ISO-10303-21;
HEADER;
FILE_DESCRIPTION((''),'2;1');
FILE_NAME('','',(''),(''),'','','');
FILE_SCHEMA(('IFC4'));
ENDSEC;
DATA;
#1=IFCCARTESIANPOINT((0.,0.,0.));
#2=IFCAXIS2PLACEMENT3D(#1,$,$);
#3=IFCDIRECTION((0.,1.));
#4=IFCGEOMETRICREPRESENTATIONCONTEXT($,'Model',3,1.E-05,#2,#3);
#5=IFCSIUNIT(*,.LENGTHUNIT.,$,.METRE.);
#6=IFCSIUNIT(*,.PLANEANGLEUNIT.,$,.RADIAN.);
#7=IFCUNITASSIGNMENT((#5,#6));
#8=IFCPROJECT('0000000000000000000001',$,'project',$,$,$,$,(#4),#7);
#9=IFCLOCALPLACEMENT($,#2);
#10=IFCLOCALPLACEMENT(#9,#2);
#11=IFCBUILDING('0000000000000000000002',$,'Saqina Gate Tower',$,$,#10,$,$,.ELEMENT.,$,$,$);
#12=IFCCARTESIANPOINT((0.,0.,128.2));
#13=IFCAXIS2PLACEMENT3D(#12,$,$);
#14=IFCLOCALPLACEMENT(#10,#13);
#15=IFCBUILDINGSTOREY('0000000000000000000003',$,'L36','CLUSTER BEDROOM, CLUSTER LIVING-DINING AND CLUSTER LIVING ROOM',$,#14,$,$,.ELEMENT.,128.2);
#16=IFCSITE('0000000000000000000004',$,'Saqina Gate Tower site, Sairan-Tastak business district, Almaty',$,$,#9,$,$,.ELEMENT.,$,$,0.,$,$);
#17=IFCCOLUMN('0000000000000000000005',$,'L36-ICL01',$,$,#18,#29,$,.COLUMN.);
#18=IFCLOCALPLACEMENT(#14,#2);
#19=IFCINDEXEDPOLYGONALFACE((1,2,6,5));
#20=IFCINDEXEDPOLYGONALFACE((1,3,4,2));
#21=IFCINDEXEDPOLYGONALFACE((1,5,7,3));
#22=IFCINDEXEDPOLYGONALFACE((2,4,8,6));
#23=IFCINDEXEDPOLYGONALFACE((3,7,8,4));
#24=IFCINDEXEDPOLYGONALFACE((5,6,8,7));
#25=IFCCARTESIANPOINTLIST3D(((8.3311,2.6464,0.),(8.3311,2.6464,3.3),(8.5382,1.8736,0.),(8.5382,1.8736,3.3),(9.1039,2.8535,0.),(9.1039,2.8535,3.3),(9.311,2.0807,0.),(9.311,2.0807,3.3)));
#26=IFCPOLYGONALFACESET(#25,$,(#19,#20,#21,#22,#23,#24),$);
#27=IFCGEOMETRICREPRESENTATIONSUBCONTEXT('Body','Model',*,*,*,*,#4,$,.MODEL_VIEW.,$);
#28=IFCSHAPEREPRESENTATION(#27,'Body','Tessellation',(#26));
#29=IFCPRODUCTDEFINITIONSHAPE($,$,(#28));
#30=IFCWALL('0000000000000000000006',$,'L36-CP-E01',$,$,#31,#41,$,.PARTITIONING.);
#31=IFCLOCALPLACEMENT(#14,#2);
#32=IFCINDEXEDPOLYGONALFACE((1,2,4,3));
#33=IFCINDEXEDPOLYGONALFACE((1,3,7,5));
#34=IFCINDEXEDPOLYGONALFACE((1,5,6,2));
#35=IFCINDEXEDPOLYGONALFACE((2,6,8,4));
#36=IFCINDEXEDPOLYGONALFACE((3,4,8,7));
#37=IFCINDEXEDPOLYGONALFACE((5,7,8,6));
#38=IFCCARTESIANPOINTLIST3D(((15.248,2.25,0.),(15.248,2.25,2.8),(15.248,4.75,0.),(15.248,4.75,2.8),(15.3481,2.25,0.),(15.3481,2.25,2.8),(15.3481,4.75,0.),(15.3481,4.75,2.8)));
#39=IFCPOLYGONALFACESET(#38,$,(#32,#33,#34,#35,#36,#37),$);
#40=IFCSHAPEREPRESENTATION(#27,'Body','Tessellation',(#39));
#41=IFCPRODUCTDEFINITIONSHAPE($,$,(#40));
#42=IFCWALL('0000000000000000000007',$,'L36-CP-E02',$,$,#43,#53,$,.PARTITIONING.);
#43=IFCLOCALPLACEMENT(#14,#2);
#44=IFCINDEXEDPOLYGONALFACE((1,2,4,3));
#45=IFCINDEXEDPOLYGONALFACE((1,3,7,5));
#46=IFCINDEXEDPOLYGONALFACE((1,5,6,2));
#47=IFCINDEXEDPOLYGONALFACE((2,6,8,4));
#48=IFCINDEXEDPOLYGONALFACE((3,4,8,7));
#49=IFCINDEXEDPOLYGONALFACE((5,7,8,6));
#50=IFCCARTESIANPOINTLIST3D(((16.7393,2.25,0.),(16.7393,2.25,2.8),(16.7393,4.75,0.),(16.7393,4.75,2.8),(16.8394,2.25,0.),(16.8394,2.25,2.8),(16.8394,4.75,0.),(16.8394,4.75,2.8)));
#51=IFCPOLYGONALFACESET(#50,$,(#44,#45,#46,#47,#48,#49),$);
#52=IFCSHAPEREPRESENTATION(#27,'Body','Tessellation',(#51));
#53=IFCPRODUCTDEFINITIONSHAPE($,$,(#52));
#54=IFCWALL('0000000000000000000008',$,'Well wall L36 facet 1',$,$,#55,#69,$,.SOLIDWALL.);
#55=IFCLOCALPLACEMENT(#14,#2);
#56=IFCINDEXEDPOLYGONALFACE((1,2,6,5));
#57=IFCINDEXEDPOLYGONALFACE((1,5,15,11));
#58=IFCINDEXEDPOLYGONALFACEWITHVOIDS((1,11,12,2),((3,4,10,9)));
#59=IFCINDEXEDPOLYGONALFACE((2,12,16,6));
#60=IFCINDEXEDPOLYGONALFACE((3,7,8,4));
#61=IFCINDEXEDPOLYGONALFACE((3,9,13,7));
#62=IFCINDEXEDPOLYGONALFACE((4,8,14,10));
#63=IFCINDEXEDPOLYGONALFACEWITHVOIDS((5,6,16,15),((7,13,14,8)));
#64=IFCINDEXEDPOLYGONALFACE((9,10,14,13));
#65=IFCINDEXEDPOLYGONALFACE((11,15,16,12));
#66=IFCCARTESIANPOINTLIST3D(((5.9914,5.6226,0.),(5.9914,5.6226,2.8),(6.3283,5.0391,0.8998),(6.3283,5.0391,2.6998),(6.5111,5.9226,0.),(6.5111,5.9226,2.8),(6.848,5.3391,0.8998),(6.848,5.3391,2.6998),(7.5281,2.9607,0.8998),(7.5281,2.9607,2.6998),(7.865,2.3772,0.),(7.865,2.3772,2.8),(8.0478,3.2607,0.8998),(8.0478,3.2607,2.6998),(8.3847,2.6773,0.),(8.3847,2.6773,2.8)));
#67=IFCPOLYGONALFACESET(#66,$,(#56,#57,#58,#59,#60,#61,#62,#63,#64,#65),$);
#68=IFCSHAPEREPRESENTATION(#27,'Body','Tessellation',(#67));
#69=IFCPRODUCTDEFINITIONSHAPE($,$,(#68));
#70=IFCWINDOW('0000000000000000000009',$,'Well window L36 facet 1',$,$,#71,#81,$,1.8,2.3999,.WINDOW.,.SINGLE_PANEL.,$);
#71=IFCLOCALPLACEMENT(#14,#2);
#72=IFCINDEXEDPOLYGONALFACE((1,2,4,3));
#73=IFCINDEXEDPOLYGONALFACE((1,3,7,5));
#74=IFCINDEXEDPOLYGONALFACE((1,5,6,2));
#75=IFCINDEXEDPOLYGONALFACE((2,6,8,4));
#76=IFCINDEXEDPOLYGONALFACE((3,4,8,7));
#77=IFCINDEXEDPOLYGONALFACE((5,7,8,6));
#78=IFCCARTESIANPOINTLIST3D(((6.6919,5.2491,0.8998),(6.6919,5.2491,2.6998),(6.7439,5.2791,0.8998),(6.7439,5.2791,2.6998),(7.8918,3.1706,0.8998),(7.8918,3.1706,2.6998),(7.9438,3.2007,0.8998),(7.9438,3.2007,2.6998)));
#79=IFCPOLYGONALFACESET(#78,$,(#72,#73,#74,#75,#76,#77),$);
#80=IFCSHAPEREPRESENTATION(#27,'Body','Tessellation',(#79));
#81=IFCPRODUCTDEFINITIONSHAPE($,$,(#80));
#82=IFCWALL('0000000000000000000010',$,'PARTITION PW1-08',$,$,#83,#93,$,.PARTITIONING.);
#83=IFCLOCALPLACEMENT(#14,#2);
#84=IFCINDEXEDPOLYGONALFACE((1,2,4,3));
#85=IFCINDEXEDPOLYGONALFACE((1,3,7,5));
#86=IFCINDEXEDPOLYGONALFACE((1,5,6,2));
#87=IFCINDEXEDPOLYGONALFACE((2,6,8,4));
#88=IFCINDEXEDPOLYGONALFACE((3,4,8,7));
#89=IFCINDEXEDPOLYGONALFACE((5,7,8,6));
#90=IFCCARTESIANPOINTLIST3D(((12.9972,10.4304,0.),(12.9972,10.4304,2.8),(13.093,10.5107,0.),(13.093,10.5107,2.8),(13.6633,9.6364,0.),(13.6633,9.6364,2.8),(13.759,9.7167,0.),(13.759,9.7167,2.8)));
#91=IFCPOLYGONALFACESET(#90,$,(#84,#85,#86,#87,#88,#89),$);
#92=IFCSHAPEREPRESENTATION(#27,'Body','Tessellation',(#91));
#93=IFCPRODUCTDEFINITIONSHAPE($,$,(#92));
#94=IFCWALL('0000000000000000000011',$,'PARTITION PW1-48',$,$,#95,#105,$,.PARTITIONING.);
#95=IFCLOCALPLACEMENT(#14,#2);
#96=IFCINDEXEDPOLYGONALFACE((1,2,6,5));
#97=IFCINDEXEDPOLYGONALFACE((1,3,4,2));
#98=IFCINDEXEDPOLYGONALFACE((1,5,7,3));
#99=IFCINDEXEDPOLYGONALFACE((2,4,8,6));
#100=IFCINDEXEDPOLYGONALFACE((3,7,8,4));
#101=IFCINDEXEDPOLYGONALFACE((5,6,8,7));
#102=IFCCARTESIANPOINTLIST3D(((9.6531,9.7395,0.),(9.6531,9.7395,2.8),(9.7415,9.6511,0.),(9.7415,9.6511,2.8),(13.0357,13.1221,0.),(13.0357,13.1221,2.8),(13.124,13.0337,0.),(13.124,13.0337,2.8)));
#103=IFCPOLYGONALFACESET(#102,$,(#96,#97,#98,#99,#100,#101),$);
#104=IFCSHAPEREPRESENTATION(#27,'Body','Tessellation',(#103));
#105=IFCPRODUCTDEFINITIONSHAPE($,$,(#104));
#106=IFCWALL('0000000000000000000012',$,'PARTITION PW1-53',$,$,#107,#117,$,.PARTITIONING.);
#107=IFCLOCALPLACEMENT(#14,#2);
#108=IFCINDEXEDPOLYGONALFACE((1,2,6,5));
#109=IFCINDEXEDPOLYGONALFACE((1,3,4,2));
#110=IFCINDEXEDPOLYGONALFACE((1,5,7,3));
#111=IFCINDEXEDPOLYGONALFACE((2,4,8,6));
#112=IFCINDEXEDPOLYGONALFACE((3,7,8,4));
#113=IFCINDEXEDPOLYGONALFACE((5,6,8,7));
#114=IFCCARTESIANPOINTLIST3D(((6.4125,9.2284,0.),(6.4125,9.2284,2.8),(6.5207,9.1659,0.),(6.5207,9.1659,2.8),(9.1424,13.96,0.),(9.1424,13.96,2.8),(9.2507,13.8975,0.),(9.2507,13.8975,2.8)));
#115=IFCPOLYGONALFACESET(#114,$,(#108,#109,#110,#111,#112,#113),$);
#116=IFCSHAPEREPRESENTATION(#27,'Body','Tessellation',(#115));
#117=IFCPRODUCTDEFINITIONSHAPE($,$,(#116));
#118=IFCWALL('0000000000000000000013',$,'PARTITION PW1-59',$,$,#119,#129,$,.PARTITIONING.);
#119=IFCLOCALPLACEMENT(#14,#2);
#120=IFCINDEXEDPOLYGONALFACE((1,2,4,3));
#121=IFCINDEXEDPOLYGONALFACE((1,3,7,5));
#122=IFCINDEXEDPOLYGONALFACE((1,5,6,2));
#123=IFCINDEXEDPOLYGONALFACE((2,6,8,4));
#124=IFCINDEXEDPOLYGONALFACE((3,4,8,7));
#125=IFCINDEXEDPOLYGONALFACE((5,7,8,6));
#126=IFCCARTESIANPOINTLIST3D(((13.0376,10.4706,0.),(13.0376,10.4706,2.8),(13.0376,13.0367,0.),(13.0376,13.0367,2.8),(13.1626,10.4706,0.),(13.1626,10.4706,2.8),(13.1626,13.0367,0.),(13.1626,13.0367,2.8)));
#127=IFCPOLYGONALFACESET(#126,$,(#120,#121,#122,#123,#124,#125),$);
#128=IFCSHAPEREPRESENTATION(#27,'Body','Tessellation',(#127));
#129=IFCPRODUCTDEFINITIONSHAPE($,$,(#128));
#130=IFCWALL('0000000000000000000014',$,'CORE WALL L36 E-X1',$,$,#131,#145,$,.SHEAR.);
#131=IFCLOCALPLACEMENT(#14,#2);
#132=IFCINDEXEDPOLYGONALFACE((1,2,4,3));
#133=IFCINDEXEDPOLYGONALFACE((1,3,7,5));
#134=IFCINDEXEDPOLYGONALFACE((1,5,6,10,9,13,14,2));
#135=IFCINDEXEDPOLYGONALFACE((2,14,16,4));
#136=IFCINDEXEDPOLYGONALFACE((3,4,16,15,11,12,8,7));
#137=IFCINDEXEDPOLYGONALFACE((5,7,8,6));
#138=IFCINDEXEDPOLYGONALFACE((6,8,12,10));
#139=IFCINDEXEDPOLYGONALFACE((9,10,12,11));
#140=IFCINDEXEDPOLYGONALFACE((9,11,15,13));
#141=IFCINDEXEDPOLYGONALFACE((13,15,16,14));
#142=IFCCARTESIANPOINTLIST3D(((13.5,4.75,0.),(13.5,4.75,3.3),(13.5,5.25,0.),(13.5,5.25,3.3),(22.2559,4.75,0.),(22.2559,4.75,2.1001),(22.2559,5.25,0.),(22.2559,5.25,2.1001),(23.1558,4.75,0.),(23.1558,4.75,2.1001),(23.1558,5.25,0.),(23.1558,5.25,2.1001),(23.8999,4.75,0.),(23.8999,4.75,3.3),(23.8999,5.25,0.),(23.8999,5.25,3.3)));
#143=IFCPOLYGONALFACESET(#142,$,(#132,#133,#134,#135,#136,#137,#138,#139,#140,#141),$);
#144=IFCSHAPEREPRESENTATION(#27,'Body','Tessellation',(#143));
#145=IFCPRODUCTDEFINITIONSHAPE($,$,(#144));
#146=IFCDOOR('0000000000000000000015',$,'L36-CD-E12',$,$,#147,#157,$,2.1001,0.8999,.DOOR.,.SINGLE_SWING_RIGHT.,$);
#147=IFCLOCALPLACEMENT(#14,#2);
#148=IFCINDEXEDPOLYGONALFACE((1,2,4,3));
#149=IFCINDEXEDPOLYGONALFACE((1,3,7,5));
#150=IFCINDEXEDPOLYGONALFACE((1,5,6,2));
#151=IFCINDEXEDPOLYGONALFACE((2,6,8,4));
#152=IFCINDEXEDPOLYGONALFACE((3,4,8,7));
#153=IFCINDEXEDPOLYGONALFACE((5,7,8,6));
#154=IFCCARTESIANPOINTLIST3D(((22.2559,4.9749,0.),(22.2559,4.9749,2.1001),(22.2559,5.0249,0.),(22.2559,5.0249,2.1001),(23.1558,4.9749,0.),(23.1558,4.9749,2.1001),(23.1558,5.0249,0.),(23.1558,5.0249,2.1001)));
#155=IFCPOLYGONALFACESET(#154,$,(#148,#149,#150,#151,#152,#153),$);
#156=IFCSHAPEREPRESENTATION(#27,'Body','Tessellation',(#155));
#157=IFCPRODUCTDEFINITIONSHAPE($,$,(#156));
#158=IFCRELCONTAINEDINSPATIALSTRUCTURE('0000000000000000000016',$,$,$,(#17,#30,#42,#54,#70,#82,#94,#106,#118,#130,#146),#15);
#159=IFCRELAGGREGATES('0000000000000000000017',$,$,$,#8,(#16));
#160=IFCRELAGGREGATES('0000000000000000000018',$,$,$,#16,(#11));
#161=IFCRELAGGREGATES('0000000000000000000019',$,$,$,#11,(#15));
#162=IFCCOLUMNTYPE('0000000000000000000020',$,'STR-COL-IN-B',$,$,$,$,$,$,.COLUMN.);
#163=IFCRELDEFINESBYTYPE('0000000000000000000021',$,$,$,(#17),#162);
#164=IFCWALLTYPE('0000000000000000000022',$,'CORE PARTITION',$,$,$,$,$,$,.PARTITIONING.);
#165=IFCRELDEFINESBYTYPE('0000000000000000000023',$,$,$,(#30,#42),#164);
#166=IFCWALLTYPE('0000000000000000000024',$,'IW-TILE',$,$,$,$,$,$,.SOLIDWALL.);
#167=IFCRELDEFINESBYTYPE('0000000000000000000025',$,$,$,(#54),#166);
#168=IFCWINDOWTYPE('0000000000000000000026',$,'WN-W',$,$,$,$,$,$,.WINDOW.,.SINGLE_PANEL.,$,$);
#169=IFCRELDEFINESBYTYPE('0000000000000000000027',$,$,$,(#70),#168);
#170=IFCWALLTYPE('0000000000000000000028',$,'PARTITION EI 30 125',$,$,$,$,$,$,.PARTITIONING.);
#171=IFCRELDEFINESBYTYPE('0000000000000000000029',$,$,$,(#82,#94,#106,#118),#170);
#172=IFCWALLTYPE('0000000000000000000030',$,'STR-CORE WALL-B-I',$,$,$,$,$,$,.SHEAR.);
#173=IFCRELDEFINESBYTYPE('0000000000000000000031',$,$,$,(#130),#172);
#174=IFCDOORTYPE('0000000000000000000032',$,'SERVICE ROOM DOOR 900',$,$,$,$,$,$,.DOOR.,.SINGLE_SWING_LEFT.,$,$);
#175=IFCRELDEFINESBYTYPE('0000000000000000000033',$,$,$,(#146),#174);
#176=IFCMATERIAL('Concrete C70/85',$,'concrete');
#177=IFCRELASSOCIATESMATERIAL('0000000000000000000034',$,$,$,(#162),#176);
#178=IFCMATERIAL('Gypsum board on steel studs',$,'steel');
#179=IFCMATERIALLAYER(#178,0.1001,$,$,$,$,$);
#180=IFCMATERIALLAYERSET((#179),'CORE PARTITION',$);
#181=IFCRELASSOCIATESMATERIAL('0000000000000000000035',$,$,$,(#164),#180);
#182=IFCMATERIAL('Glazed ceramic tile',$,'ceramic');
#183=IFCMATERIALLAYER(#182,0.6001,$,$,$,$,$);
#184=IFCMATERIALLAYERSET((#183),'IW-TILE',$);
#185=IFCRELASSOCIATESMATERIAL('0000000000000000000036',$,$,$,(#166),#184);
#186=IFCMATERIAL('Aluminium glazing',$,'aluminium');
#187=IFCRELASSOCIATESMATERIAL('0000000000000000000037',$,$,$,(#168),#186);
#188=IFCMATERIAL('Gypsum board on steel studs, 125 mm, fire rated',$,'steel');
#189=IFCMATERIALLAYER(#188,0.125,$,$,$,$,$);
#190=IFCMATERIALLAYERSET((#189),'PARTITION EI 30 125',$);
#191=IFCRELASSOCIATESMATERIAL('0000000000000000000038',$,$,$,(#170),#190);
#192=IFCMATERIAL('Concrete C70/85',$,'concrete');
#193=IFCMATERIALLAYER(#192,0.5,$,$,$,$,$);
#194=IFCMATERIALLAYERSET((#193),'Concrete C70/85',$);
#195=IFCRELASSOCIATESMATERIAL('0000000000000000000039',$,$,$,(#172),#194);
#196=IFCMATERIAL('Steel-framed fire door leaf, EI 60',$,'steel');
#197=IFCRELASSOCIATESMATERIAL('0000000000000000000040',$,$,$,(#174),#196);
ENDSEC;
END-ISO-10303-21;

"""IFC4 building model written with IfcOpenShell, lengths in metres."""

from ifc_helpers import new_model, si_unit, direction, frame, frame_2d, origin, origin_2d, place, context, subcontext, project, spatial, rectangle, extrude, material, layer, layer_set, material_profile, profile_set, type_object, element, fill, save


model = new_model("IFC4")

# Units and contexts
model_context = context("Model", 3, precision=1e-05, world=origin(), true_north=direction((0.0, 1.0)))
body_context = subcontext(model_context, "Body", "Model", "MODEL_VIEW")
ifc_project = project(units=[si_unit("LENGTHUNIT", "METRE"), si_unit("PLANEANGLEUNIT", "RADIAN")], contexts=[model_context])

# Site, building, storey
site_placement = place(None, origin())
site = spatial("IfcSite", under=ifc_project, at=site_placement, Name="Saqina Gate Tower site, Sairan-Tastak business district, Almaty", CompositionType="ELEMENT", RefElevation=0.0)
building_placement = place(site_placement, origin())
building = spatial("IfcBuilding", under=site, at=building_placement, Name="Saqina Gate Tower", CompositionType="ELEMENT")
storey_placement = place(building_placement, frame((0.0, 0.0, 128.2)))
storey = spatial("IfcBuildingStorey", under=building, at=storey_placement, Name="L36", Description="CLUSTER BEDROOM, CLUSTER LIVING-DINING AND CLUSTER LIVING ROOM", CompositionType="ELEMENT", Elevation=128.2)

# Column
ifc_material_1 = material(Name="Concrete C70/85", Category="concrete")
ifc_material_profile = material_profile(ifc_material_1, rectangle(XDim=0.8, YDim=0.8, at=origin_2d()), Name="RC 800x800")
ifc_profile_set = profile_set([ifc_material_profile], Name="Concrete C70/85")
column_type = type_object("IfcColumnType", Name="STR-COL-IN-B", PredefinedType="COLUMN", material=ifc_profile_set)
column_placement = place(storey_placement, frame((8.821, 2.3635, 0.0), z_axis=(0.0, 0.0, 1.0), x_axis=(0.965926, 0.258819, 0.0)))
element("IfcColumn", 1, at=column_placement, inside=storey, type_object=column_type, Name="L36-ICL01", PredefinedType="COLUMN", context=body_context, shape_type="SweptSolid", body=[
    extrude(rectangle(XDim=0.8, YDim=0.8, at=origin_2d()), origin(), (0.0, 0.0, 1.0), 3.3),
])

# Walls
ifc_material_2 = material(Name="Gypsum board on steel studs", Category="steel")
ifc_layer_1 = layer(ifc_material_2, 0.1001)
ifc_layer_set_1 = layer_set([ifc_layer_1], Name="CORE PARTITION")
wall_type_1 = type_object("IfcWallType", Name="CORE PARTITION", PredefinedType="PARTITIONING", material=ifc_layer_set_1)
for number, where, z_axis, x_axis, name in (
    (2, (15.2981, 2.25, 0.0), (0.0, 0.0, 1.0), (0.0, 1.0, 0.0), "L36-CP-E01"),
    (3, (16.7893, 2.25, 0.0), (0.0, 0.0, 1.0), (0.0, 1.0, 0.0), "L36-CP-E02"),
):
    element("IfcWall", number, at=place(storey_placement, frame(where, z_axis=z_axis, x_axis=x_axis)), inside=storey, type_object=wall_type_1, Name=name, PredefinedType="PARTITIONING", context=body_context, shape_type="SweptSolid", body=[
        extrude(rectangle(XDim=2.5, YDim=0.1001, at=frame_2d((1.25, 0.0))), origin(), (0.0, 0.0, 1.0), 2.8),
    ])

# Wall, opening, window
ifc_material_3 = material(Name="Glazed ceramic tile", Category="ceramic")
ifc_layer_2 = layer(ifc_material_3, 0.6001)
ifc_layer_set_2 = layer_set([ifc_layer_2], Name="IW-TILE")
wall_type_2 = type_object("IfcWallType", Name="IW-TILE", PredefinedType="SOLIDWALL", material=ifc_layer_set_2)
wall_1_placement = place(storey_placement, frame((8.1248, 2.5273, 0.0), z_axis=(0.0, 0.0, 1.0), x_axis=(-0.499965, 0.866046, 0.0)))
wall_1 = element("IfcWall", 4, at=wall_1_placement, inside=storey, type_object=wall_type_2, Name="Well wall L36 facet 1", PredefinedType="SOLIDWALL", context=body_context, shape_type="SweptSolid", body=[
    extrude(rectangle(XDim=3.7473, YDim=0.6001, at=frame_2d((1.8735, 0.0))), origin(), (0.0, 0.0, 1.0), 2.8),
])
opening_1_placement = place(wall_1_placement, frame((0.6736, 0.0, 0.8999)))
opening_1 = element("IfcOpeningElement", 5, at=opening_1_placement, cuts=wall_1, PredefinedType="OPENING", context=body_context, shape_type="SweptSolid", body=[
    extrude(rectangle(XDim=2.3999, YDim=1.8, at=frame_2d((1.2, 0.8999))), frame((0.0, 0.312, 0.0), z_axis=(0.0, -1.0, 0.0), x_axis=(1.0, 0.0, 0.0)), (0.0, 0.0, 1.0), 0.624),
])
ifc_material_4 = material(Name="Aluminium glazing", Category="aluminium")
window_type = type_object("IfcWindowType", Name="WN-W", PartitioningType="SINGLE_PANEL", PredefinedType="WINDOW", material=ifc_material_4)
window_placement = place(opening_1_placement, origin())
window = element("IfcWindow", 6, at=window_placement, inside=storey, type_object=window_type, Name="Well window L36 facet 1", OverallHeight=1.8, OverallWidth=2.3999, PartitioningType="SINGLE_PANEL", PredefinedType="WINDOW", context=body_context, shape_type="SweptSolid", body=[
    extrude(rectangle(XDim=2.3999, YDim=1.8, at=frame_2d((1.2, 0.8999))), frame((0.0, -0.1199, 0.0), z_axis=(0.0, -1.0, 0.0), x_axis=(1.0, 0.0, 0.0)), (0.0, 0.0, 1.0), 0.0601),
])
fill(opening_1, window)

# Walls
ifc_material_5 = material(Name="Gypsum board on steel studs, 125 mm, fire rated", Category="steel")
ifc_layer_3 = layer(ifc_material_5, 0.125)
ifc_layer_set_3 = layer_set([ifc_layer_3], Name="PARTITION EI 30 125")
wall_type_3 = type_object("IfcWallType", Name="PARTITION EI 30 125", PredefinedType="PARTITIONING", material=ifc_layer_set_3)
wall_2_placement = place(storey_placement, frame((13.0452, 10.4705, 0.0), z_axis=(0.0, 0.0, 1.0), x_axis=(0.642684, -0.766132, 0.0)))
element("IfcWall", 7, at=wall_2_placement, inside=storey, type_object=wall_type_3, Name="PARTITION PW1-08", PredefinedType="PARTITIONING", context=body_context, shape_type="SweptSolid", body=[
    extrude(rectangle(XDim=1.0364, YDim=0.125, at=frame_2d((0.5181, 0.0))), origin(), (0.0, 0.0, 1.0), 2.8),
])
wall_3_placement = place(storey_placement, frame((9.6973, 9.6953, 0.0), z_axis=(0.0, 0.0, 1.0), x_axis=(0.707107, 0.707107, 0.0)))
element("IfcWall", 8, at=wall_3_placement, inside=storey, type_object=wall_type_3, Name="PARTITION PW1-48", PredefinedType="PARTITIONING", context=body_context, shape_type="SweptSolid", body=[
    extrude(rectangle(XDim=4.7837, YDim=0.125, at=frame_2d((2.3918, 0.0))), origin(), (0.0, 0.0, 1.0), 2.8),
])
wall_4_placement = place(storey_placement, frame((6.4666, 9.197, 0.0), z_axis=(0.0, 0.0, 1.0), x_axis=(0.499744, 0.866173, 0.0)))
element("IfcWall", 9, at=wall_4_placement, inside=storey, type_object=wall_type_3, Name="PARTITION PW1-53", PredefinedType="PARTITIONING", context=body_context, shape_type="SweptSolid", body=[
    extrude(rectangle(XDim=5.4626, YDim=0.125, at=frame_2d((2.7314, 0.0))), origin(), (0.0, 0.0, 1.0), 2.8),
])
wall_5_placement = place(storey_placement, frame((13.1001, 10.4705, 0.0), z_axis=(0.0, 0.0, 1.0), x_axis=(0.0, 1.0, 0.0)))
element("IfcWall", 10, at=wall_5_placement, inside=storey, type_object=wall_type_3, Name="PARTITION PW1-59", PredefinedType="PARTITIONING", context=body_context, shape_type="SweptSolid", body=[
    extrude(rectangle(XDim=2.5662, YDim=0.125, at=frame_2d((1.2832, 0.0))), origin(), (0.0, 0.0, 1.0), 2.8),
])

# Wall, opening, door
ifc_material_6 = material(Name="Concrete C70/85", Category="concrete")
ifc_layer_4 = layer(ifc_material_6, 0.5)
ifc_layer_set_4 = layer_set([ifc_layer_4], Name="Concrete C70/85")
wall_type_4 = type_object("IfcWallType", Name="STR-CORE WALL-B-I", PredefinedType="SHEAR", material=ifc_layer_set_4)
wall_6_placement = place(storey_placement, frame((13.5, 5.0, 0.0), z_axis=(0.0, 0.0, 1.0), x_axis=(1.0, 0.0, 0.0)))
wall_6 = element("IfcWall", 11, at=wall_6_placement, inside=storey, type_object=wall_type_4, Name="CORE WALL L36 E-X1", PredefinedType="SHEAR", context=body_context, shape_type="SweptSolid", body=[
    extrude(rectangle(XDim=10.3999, YDim=0.5, at=frame_2d((5.2, 0.0))), origin(), (0.0, 0.0, 1.0), 3.3),
])
opening_2_placement = place(wall_6_placement, frame((8.7559, 0.0, 0.0)))
opening_2 = element("IfcOpeningElement", 12, at=opening_2_placement, cuts=wall_6, PredefinedType="OPENING", context=body_context, shape_type="SweptSolid", body=[
    extrude(rectangle(XDim=0.8999, YDim=2.1001, at=frame_2d((0.45, 1.05))), frame((0.0, 0.262, 0.0), z_axis=(0.0, -1.0, 0.0), x_axis=(1.0, 0.0, 0.0)), (0.0, 0.0, 1.0), 0.5239),
])
ifc_material_7 = material(Name="Steel-framed fire door leaf, EI 60", Category="steel")
door_type_1 = type_object("IfcDoorType", Name="SERVICE ROOM DOOR 900", OperationType="SINGLE_SWING_LEFT", PredefinedType="DOOR", material=ifc_material_7)
door_1_placement = place(opening_2_placement, origin())
door_1 = element("IfcDoor", 13, at=door_1_placement, inside=storey, type_object=door_type_1, Name="L36-CD-E12", OperationType="SINGLE_SWING_RIGHT", OverallHeight=2.1001, OverallWidth=0.8999, PredefinedType="DOOR", context=body_context, shape_type="SweptSolid", body=[
    extrude(rectangle(XDim=0.8999, YDim=2.1001, at=frame_2d((0.45, 1.05))), frame((0.0, 0.0249, 0.0), z_axis=(0.0, -1.0, 0.0), x_axis=(1.0, 0.0, 0.0)), (0.0, 0.0, 1.0), 0.05),
])
fill(opening_2, door_1)

save(model, "model.ifc")
